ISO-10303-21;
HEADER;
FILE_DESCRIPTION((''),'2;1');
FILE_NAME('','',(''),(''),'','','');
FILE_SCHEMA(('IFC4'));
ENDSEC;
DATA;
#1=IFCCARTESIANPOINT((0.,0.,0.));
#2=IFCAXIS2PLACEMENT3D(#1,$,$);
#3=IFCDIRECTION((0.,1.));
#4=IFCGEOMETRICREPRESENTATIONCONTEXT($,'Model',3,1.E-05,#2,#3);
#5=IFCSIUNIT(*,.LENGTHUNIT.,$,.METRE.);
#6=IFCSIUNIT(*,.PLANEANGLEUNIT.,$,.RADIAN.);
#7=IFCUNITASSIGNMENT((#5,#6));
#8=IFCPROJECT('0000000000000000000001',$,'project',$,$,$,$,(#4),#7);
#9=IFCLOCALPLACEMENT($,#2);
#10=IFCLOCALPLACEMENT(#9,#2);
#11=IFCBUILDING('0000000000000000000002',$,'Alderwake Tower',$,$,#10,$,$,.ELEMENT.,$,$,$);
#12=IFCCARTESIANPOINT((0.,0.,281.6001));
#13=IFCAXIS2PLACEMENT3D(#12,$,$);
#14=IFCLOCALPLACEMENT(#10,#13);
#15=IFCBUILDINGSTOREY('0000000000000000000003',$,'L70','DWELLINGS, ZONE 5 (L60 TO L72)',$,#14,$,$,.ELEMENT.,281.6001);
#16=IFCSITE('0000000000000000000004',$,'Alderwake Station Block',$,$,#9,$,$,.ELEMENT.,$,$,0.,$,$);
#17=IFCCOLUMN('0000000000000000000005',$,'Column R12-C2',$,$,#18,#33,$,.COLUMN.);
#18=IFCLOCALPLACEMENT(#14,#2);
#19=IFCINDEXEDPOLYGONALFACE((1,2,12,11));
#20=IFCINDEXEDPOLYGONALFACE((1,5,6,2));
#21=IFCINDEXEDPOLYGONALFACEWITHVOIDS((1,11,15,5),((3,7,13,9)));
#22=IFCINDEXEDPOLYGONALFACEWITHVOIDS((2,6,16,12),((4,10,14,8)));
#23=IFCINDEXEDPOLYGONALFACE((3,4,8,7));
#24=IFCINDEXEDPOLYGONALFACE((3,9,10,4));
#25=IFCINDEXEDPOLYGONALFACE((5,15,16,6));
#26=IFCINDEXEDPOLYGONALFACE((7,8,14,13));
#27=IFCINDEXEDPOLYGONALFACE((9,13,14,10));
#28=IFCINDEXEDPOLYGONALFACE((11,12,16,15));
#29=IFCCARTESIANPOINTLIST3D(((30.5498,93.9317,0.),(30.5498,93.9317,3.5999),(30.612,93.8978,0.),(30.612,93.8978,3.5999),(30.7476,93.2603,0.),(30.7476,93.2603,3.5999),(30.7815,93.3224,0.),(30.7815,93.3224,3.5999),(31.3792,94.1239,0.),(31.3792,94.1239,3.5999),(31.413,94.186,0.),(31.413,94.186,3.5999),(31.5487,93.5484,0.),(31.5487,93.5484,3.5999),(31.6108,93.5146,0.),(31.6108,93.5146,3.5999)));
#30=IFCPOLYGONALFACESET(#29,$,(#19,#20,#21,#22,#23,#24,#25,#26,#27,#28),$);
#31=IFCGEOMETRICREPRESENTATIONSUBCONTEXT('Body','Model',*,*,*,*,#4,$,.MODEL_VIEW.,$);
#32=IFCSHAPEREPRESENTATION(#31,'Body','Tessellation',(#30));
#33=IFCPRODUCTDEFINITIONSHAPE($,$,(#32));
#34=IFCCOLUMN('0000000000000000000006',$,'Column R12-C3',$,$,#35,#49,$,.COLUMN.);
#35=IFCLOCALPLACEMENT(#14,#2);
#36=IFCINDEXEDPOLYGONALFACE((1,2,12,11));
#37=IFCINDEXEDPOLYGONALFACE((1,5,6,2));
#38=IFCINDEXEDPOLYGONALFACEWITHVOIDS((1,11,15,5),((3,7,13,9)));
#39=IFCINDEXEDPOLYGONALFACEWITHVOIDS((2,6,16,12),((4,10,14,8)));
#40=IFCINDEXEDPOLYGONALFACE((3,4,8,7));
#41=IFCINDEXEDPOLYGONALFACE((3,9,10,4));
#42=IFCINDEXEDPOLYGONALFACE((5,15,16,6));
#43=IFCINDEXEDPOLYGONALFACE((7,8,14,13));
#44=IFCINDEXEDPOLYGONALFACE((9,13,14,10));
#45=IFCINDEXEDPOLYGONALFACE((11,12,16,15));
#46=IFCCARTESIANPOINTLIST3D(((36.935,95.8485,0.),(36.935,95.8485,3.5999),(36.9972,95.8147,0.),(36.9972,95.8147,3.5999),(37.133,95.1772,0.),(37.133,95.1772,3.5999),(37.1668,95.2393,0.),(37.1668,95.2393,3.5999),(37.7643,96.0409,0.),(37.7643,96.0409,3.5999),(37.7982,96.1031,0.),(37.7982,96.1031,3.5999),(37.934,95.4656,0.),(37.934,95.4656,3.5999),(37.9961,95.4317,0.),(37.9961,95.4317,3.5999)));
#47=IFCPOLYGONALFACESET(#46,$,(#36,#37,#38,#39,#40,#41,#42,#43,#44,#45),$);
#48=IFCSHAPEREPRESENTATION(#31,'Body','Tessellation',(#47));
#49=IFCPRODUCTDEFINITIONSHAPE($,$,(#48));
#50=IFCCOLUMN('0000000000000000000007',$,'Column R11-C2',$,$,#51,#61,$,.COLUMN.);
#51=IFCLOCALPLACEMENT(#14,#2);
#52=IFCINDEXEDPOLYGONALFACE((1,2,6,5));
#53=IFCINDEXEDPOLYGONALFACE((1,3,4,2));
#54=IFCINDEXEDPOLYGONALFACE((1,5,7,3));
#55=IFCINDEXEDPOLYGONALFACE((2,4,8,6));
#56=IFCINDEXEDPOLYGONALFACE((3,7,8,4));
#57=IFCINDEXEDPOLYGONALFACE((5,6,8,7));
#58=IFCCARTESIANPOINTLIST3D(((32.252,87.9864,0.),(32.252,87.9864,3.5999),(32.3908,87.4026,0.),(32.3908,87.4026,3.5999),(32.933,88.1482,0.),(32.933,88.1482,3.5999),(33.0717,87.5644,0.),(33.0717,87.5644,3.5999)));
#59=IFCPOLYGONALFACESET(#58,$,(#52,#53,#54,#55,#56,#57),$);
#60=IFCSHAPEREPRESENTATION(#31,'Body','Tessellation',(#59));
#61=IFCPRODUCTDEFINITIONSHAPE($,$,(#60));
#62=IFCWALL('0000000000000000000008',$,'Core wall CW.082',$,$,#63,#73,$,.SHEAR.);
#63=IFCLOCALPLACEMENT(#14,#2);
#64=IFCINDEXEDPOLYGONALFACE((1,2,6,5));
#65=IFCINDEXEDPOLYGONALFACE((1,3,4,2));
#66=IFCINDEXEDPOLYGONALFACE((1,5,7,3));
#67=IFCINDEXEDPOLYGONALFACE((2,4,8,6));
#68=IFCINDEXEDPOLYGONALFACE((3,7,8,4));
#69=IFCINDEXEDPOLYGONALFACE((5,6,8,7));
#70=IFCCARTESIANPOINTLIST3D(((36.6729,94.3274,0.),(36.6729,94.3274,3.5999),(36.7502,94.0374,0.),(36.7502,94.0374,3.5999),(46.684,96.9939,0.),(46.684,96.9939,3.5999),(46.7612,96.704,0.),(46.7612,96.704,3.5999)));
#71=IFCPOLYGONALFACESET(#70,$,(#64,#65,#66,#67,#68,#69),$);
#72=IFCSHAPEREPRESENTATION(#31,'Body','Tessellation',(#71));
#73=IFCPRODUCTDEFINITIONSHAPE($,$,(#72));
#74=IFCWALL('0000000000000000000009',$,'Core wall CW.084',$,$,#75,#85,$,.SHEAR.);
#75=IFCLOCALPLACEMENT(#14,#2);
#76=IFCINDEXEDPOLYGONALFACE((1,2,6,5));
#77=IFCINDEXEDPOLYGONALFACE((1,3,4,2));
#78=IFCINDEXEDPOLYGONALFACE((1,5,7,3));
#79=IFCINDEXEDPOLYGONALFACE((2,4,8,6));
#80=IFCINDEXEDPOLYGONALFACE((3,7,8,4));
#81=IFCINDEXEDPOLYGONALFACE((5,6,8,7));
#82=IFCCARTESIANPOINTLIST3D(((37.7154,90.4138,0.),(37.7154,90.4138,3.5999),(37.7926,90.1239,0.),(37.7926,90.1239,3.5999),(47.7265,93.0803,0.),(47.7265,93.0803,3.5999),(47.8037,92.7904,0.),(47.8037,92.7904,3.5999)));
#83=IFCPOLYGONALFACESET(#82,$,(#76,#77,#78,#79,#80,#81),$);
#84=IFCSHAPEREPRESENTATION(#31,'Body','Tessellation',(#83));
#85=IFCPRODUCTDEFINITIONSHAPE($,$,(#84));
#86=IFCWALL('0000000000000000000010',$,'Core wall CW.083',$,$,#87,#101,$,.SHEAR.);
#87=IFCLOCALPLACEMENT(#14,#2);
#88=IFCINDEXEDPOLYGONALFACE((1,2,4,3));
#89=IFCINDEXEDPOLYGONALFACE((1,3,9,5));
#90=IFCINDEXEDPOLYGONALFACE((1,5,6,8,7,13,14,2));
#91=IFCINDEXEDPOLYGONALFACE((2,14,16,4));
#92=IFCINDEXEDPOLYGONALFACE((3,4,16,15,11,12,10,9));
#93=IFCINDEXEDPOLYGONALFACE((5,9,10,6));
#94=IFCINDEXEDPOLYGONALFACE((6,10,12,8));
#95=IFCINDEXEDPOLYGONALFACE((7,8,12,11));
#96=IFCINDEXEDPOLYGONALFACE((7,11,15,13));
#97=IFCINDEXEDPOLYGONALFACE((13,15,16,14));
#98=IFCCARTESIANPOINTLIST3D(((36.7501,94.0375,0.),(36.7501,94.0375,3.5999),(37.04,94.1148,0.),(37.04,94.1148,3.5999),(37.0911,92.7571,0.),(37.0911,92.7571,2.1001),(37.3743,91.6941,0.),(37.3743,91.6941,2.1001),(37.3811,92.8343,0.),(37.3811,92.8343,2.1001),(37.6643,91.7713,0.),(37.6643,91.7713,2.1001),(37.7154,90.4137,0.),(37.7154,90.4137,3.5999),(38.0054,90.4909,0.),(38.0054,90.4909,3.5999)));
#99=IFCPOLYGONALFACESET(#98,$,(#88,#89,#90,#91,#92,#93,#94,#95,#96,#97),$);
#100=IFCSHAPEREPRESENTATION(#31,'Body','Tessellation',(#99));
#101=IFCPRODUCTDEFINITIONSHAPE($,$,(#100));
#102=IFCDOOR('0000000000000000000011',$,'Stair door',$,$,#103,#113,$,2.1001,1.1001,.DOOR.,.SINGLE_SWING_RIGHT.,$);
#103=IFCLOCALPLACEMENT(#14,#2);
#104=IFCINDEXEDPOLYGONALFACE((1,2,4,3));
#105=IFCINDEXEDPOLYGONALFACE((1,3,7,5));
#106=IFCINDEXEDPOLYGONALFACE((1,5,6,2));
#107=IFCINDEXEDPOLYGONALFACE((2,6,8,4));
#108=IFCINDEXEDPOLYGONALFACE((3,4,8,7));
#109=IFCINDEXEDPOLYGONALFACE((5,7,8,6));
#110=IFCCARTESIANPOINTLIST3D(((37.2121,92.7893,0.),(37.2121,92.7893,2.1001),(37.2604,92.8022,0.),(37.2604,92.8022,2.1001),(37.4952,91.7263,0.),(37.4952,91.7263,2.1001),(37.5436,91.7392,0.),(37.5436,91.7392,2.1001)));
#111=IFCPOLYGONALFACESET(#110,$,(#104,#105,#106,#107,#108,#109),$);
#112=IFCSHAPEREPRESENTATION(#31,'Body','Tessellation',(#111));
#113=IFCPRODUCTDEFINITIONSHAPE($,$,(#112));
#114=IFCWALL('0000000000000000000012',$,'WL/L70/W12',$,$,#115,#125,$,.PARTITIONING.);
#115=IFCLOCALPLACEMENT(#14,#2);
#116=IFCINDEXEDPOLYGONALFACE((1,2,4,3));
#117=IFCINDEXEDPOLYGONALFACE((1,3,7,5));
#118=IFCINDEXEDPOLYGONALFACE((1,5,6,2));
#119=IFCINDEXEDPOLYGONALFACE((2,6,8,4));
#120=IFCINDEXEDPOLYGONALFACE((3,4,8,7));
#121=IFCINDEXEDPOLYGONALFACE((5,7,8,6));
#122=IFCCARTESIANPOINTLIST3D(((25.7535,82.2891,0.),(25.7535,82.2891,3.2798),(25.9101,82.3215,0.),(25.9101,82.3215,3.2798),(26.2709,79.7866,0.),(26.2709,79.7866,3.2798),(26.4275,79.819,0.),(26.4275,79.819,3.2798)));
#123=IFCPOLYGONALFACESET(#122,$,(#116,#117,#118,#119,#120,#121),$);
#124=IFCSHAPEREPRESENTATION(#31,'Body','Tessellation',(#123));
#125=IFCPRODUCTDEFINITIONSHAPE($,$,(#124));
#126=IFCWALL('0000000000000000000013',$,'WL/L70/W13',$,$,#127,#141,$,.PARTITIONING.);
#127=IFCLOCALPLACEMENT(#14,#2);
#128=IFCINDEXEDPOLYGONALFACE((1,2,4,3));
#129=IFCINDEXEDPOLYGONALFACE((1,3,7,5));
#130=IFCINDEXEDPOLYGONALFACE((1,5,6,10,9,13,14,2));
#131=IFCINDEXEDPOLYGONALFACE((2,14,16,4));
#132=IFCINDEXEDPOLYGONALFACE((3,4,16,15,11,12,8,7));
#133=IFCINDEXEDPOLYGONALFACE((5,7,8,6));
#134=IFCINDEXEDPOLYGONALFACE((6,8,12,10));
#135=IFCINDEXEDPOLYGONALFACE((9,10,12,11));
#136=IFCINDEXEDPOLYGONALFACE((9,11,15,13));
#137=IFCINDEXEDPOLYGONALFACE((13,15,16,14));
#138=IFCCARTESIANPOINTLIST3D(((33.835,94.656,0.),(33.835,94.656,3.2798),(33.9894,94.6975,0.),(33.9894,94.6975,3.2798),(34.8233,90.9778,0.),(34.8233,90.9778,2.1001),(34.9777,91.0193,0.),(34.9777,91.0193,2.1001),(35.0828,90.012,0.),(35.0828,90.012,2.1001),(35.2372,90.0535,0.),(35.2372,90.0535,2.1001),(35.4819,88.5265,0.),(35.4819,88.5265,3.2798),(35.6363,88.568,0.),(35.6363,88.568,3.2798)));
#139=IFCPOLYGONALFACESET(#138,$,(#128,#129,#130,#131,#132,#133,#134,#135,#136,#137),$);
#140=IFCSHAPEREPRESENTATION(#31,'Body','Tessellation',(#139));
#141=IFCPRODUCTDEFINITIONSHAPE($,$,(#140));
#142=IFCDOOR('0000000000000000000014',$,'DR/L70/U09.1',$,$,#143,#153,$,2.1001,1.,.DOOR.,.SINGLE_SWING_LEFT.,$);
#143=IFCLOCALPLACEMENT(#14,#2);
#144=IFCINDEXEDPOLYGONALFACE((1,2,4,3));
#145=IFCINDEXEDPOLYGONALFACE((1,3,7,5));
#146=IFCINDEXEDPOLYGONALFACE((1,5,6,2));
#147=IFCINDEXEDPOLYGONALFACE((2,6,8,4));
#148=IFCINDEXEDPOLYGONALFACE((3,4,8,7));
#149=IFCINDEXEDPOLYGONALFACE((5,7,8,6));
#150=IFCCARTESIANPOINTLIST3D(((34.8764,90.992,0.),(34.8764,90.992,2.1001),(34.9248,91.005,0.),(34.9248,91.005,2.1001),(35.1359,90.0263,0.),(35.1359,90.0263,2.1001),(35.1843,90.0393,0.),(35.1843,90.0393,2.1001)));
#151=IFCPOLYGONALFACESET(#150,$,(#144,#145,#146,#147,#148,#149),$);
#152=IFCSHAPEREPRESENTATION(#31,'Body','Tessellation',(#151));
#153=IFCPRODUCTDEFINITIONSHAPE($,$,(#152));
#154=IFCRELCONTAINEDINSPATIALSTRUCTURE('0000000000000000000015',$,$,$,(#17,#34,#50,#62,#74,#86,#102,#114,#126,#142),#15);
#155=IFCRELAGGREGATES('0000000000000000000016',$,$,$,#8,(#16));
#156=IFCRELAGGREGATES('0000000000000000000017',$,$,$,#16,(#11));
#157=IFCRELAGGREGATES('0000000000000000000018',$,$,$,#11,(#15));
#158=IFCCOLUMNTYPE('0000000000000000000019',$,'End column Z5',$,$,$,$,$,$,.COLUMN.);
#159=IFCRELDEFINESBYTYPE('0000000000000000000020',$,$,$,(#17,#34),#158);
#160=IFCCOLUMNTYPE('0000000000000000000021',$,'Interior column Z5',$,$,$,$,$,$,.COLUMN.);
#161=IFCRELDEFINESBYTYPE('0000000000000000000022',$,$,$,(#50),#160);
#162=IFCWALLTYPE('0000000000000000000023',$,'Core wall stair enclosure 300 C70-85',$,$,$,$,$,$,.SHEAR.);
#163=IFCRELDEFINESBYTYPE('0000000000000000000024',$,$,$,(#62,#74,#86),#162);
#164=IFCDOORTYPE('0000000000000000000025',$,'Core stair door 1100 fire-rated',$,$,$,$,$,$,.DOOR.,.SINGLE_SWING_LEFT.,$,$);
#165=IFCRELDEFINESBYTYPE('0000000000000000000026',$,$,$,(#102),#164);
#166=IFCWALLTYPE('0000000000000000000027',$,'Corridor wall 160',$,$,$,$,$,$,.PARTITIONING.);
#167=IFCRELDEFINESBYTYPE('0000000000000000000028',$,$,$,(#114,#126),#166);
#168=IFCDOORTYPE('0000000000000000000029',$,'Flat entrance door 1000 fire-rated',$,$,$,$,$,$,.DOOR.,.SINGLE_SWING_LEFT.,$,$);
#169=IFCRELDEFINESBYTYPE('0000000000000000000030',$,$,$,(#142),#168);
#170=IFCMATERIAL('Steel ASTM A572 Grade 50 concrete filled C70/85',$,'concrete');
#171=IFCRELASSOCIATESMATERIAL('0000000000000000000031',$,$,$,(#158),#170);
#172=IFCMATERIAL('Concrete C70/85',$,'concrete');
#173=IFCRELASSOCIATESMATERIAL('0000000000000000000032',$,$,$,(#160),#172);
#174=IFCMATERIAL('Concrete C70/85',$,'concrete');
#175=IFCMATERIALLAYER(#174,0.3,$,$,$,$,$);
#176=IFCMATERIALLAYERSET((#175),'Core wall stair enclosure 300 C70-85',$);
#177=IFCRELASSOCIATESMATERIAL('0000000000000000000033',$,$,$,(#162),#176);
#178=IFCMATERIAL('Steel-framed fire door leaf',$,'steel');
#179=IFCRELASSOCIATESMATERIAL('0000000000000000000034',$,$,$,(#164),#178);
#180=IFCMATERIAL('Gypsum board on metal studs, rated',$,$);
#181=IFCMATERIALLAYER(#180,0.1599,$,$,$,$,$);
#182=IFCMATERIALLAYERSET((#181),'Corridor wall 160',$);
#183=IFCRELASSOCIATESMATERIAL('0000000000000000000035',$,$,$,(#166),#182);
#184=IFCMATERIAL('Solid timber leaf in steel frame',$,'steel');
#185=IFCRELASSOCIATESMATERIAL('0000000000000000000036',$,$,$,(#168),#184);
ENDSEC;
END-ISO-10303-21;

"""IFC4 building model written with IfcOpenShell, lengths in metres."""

from ifc_helpers import new_model, si_unit, direction, frame, frame_2d, origin, origin_2d, place, context, subcontext, project, spatial, rectangle, hollow_rectangle, extrude, material, layer, layer_set, material_profile, profile_set, type_object, element, fill, save


model = new_model("IFC4")

# Units and contexts
model_context = context("Model", 3, precision=1e-05, world=origin(), true_north=direction((0.0, 1.0)))
body_context = subcontext(model_context, "Body", "Model", "MODEL_VIEW")
ifc_project = project(units=[si_unit("LENGTHUNIT", "METRE"), si_unit("PLANEANGLEUNIT", "RADIAN")], contexts=[model_context])

# Site, building, storey
site_placement = place(None, origin())
site = spatial("IfcSite", under=ifc_project, at=site_placement, Name="Alderwake Station Block", CompositionType="ELEMENT", RefElevation=0.0)
building_placement = place(site_placement, origin())
building = spatial("IfcBuilding", under=site, at=building_placement, Name="Alderwake Tower", CompositionType="ELEMENT")
storey_placement = place(building_placement, frame((0.0, 0.0, 281.6001)))
storey = spatial("IfcBuildingStorey", under=building, at=storey_placement, Name="L70", Description="DWELLINGS, ZONE 5 (L60 TO L72)", CompositionType="ELEMENT", Elevation=281.6001)

# Columns
ifc_material_1 = material(Name="Steel ASTM A572 Grade 50 concrete filled C70/85", Category="concrete")
ifc_material_profile_1 = material_profile(ifc_material_1, hollow_rectangle(XDim=0.7, YDim=0.8999, WallThickness=0.05, at=origin_2d()), Name="BOX 900X700X50")
ifc_profile_set_1 = profile_set([ifc_material_profile_1], Name="Steel ASTM A572 Grade 50 concrete filled C70/85")
column_type_1 = type_object("IfcColumnType", Name="End column Z5", PredefinedType="COLUMN", material=ifc_profile_set_1)
for number, where, z_axis, x_axis, name in (
    (1, (31.0803, 93.7231, 0.0), (0.0, 0.0, 1.0), (-0.282583, 0.959243, 0.0), "Column R12-C2"),
    (2, (37.4656, 95.6401, 0.0), (0.0, 0.0, 1.0), (-0.282854, 0.959163, 0.0), "Column R12-C3"),
):
    element("IfcColumn", number, at=place(storey_placement, frame(where, z_axis=z_axis, x_axis=x_axis)), inside=storey, type_object=column_type_1, Name=name, PredefinedType="COLUMN", context=body_context, shape_type="SweptSolid", body=[
        extrude(hollow_rectangle(XDim=0.7, YDim=0.8999, WallThickness=0.05, at=origin_2d()), origin(), (0.0, 0.0, 1.0), 3.5999),
    ])
ifc_material_2 = material(Name="Concrete C70/85", Category="concrete")
ifc_material_profile_2 = material_profile(ifc_material_2, rectangle(XDim=0.6001, YDim=0.7, at=origin_2d()), Name="RC 700X600")
ifc_profile_set_2 = profile_set([ifc_material_profile_2], Name="Concrete C70/85")
column_type_2 = type_object("IfcColumnType", Name="Interior column Z5", PredefinedType="COLUMN", material=ifc_profile_set_2)
column_placement = place(storey_placement, frame((32.6619, 87.7754, 0.0), z_axis=(0.0, 0.0, 1.0), x_axis=(-0.231222, 0.972901, 0.0)))
element("IfcColumn", 3, at=column_placement, inside=storey, type_object=column_type_2, Name="Column R11-C2", PredefinedType="COLUMN", context=body_context, shape_type="SweptSolid", body=[
    extrude(rectangle(XDim=0.6001, YDim=0.7, at=origin_2d()), origin(), (0.0, 0.0, 1.0), 3.5999),
])

# Walls
ifc_material_3 = material(Name="Concrete C70/85", Category="concrete")
ifc_layer_1 = layer(ifc_material_3, 0.3)
ifc_layer_set_1 = layer_set([ifc_layer_1], Name="Core wall stair enclosure 300 C70-85")
wall_type_1 = type_object("IfcWallType", Name="Core wall stair enclosure 300 C70-85", PredefinedType="SHEAR", material=ifc_layer_set_1)
for number, where, z_axis, x_axis, name in (
    (4, (36.7114, 94.1824, 0.0), (0.0, 0.0, 1.0), (0.966309, 0.257384, 0.0), "Core wall CW.082"),
    (5, (37.7539, 90.2688, 0.0), (0.0, 0.0, 1.0), (0.966309, 0.257384, 0.0), "Core wall CW.084"),
):
    element("IfcWall", number, at=place(storey_placement, frame(where, z_axis=z_axis, x_axis=x_axis)), inside=storey, type_object=wall_type_1, Name=name, PredefinedType="SHEAR", context=body_context, shape_type="SweptSolid", body=[
        extrude(rectangle(XDim=10.3601, YDim=0.3, at=frame_2d((5.1802, 0.0))), origin(), (0.0, 0.0, 1.0), 3.5999),
    ])

# Wall, opening, door
wall_1_placement = place(storey_placement, frame((37.8604, 90.4524, 0.0), z_axis=(0.0, 0.0, 1.0), x_axis=(-0.257411, 0.966302, 0.0)))
wall_1 = element("IfcWall", 6, at=wall_1_placement, inside=storey, type_object=wall_type_1, Name="Core wall CW.083", PredefinedType="SHEAR", context=body_context, shape_type="SweptSolid", body=[
    extrude(rectangle(XDim=3.7502, YDim=0.3, at=frame_2d((1.875, 0.0))), origin(), (0.0, 0.0, 1.0), 3.5999),
])
opening_1_placement = place(wall_1_placement, frame((1.325, 0.0, 0.0)))
opening_1 = element("IfcOpeningElement", 7, at=opening_1_placement, cuts=wall_1, PredefinedType="OPENING", context=body_context, shape_type="SweptSolid", body=[
    extrude(rectangle(XDim=1.1001, YDim=2.1001, at=frame_2d((0.55, 1.05))), frame((0.0, 0.1599, 0.0), z_axis=(0.0, -1.0, 0.0), x_axis=(1.0, 0.0, 0.0)), (0.0, 0.0, 1.0), 0.3201),
])
ifc_material_4 = material(Name="Steel-framed fire door leaf", Category="steel")
door_type_1 = type_object("IfcDoorType", Name="Core stair door 1100 fire-rated", OperationType="SINGLE_SWING_LEFT", PredefinedType="DOOR", material=ifc_material_4)
door_1_placement = place(opening_1_placement, origin())
door_1 = element("IfcDoor", 8, at=door_1_placement, inside=storey, type_object=door_type_1, Name="Stair door", OperationType="SINGLE_SWING_RIGHT", OverallHeight=2.1001, OverallWidth=1.1001, PredefinedType="DOOR", context=body_context, shape_type="SweptSolid", body=[
    extrude(rectangle(XDim=1.1001, YDim=2.1001, at=frame_2d((0.55, 1.05))), frame((0.0, 0.0249, 0.0), z_axis=(0.0, -1.0, 0.0), x_axis=(1.0, 0.0, 0.0)), (0.0, 0.0, 1.0), 0.05),
])
fill(opening_1, door_1)

# Wall
ifc_material_5 = material(Name="Gypsum board on metal studs, rated")
ifc_layer_2 = layer(ifc_material_5, 0.1599)
ifc_layer_set_2 = layer_set([ifc_layer_2], Name="Corridor wall 160")
wall_type_2 = type_object("IfcWallType", Name="Corridor wall 160", PredefinedType="PARTITIONING", material=ifc_layer_set_2)
wall_2_placement = place(storey_placement, frame((25.8318, 82.3054, 0.0), z_axis=(0.0, 0.0, 1.0), x_axis=(0.202451, -0.979292, 0.0)))
element("IfcWall", 9, at=wall_2_placement, inside=storey, type_object=wall_type_2, Name="WL/L70/W12", PredefinedType="PARTITIONING", context=body_context, shape_type="SweptSolid", body=[
    extrude(rectangle(XDim=2.5554, YDim=0.1599, at=frame_2d((1.2778, 0.0))), origin(), (0.0, 0.0, 1.0), 3.2798),
])

# Wall, opening, door
wall_3_placement = place(storey_placement, frame((35.5591, 88.5474, 0.0), z_axis=(0.0, 0.0, 1.0), x_axis=(-0.259486, 0.965747, 0.0)))
wall_3 = element("IfcWall", 10, at=wall_3_placement, inside=storey, type_object=wall_type_2, Name="WL/L70/W13", PredefinedType="PARTITIONING", context=body_context, shape_type="SweptSolid", body=[
    extrude(rectangle(XDim=6.3469, YDim=0.1599, at=frame_2d((3.1733, 0.0))), origin(), (0.0, 0.0, 1.0), 3.2798),
])
opening_2_placement = place(wall_3_placement, frame((1.5381, 0.0, 0.0)))
opening_2 = element("IfcOpeningElement", 11, at=opening_2_placement, cuts=wall_3, PredefinedType="OPENING", context=body_context, shape_type="SweptSolid", body=[
    extrude(rectangle(XDim=1.0, YDim=2.1001, at=frame_2d((0.5, 1.05))), frame((0.0, 0.0898, 0.0), z_axis=(0.0, -1.0, 0.0), x_axis=(1.0, 0.0, 0.0)), (0.0, 0.0, 1.0), 0.1799),
])
ifc_material_6 = material(Name="Solid timber leaf in steel frame", Category="steel")
door_type_2 = type_object("IfcDoorType", Name="Flat entrance door 1000 fire-rated", OperationType="SINGLE_SWING_LEFT", PredefinedType="DOOR", material=ifc_material_6)
door_2_placement = place(opening_2_placement, origin())
door_2 = element("IfcDoor", 12, at=door_2_placement, inside=storey, type_object=door_type_2, Name="DR/L70/U09.1", OperationType="SINGLE_SWING_LEFT", OverallHeight=2.1001, OverallWidth=1.0, PredefinedType="DOOR", context=body_context, shape_type="SweptSolid", body=[
    extrude(rectangle(XDim=1.0, YDim=2.1001, at=frame_2d((0.5, 1.05))), frame((0.0, 0.0249, 0.0), z_axis=(0.0, -1.0, 0.0), x_axis=(1.0, 0.0, 0.0)), (0.0, 0.0, 1.0), 0.05),
])
fill(opening_2, door_2)

save(model, "model.ifc")
